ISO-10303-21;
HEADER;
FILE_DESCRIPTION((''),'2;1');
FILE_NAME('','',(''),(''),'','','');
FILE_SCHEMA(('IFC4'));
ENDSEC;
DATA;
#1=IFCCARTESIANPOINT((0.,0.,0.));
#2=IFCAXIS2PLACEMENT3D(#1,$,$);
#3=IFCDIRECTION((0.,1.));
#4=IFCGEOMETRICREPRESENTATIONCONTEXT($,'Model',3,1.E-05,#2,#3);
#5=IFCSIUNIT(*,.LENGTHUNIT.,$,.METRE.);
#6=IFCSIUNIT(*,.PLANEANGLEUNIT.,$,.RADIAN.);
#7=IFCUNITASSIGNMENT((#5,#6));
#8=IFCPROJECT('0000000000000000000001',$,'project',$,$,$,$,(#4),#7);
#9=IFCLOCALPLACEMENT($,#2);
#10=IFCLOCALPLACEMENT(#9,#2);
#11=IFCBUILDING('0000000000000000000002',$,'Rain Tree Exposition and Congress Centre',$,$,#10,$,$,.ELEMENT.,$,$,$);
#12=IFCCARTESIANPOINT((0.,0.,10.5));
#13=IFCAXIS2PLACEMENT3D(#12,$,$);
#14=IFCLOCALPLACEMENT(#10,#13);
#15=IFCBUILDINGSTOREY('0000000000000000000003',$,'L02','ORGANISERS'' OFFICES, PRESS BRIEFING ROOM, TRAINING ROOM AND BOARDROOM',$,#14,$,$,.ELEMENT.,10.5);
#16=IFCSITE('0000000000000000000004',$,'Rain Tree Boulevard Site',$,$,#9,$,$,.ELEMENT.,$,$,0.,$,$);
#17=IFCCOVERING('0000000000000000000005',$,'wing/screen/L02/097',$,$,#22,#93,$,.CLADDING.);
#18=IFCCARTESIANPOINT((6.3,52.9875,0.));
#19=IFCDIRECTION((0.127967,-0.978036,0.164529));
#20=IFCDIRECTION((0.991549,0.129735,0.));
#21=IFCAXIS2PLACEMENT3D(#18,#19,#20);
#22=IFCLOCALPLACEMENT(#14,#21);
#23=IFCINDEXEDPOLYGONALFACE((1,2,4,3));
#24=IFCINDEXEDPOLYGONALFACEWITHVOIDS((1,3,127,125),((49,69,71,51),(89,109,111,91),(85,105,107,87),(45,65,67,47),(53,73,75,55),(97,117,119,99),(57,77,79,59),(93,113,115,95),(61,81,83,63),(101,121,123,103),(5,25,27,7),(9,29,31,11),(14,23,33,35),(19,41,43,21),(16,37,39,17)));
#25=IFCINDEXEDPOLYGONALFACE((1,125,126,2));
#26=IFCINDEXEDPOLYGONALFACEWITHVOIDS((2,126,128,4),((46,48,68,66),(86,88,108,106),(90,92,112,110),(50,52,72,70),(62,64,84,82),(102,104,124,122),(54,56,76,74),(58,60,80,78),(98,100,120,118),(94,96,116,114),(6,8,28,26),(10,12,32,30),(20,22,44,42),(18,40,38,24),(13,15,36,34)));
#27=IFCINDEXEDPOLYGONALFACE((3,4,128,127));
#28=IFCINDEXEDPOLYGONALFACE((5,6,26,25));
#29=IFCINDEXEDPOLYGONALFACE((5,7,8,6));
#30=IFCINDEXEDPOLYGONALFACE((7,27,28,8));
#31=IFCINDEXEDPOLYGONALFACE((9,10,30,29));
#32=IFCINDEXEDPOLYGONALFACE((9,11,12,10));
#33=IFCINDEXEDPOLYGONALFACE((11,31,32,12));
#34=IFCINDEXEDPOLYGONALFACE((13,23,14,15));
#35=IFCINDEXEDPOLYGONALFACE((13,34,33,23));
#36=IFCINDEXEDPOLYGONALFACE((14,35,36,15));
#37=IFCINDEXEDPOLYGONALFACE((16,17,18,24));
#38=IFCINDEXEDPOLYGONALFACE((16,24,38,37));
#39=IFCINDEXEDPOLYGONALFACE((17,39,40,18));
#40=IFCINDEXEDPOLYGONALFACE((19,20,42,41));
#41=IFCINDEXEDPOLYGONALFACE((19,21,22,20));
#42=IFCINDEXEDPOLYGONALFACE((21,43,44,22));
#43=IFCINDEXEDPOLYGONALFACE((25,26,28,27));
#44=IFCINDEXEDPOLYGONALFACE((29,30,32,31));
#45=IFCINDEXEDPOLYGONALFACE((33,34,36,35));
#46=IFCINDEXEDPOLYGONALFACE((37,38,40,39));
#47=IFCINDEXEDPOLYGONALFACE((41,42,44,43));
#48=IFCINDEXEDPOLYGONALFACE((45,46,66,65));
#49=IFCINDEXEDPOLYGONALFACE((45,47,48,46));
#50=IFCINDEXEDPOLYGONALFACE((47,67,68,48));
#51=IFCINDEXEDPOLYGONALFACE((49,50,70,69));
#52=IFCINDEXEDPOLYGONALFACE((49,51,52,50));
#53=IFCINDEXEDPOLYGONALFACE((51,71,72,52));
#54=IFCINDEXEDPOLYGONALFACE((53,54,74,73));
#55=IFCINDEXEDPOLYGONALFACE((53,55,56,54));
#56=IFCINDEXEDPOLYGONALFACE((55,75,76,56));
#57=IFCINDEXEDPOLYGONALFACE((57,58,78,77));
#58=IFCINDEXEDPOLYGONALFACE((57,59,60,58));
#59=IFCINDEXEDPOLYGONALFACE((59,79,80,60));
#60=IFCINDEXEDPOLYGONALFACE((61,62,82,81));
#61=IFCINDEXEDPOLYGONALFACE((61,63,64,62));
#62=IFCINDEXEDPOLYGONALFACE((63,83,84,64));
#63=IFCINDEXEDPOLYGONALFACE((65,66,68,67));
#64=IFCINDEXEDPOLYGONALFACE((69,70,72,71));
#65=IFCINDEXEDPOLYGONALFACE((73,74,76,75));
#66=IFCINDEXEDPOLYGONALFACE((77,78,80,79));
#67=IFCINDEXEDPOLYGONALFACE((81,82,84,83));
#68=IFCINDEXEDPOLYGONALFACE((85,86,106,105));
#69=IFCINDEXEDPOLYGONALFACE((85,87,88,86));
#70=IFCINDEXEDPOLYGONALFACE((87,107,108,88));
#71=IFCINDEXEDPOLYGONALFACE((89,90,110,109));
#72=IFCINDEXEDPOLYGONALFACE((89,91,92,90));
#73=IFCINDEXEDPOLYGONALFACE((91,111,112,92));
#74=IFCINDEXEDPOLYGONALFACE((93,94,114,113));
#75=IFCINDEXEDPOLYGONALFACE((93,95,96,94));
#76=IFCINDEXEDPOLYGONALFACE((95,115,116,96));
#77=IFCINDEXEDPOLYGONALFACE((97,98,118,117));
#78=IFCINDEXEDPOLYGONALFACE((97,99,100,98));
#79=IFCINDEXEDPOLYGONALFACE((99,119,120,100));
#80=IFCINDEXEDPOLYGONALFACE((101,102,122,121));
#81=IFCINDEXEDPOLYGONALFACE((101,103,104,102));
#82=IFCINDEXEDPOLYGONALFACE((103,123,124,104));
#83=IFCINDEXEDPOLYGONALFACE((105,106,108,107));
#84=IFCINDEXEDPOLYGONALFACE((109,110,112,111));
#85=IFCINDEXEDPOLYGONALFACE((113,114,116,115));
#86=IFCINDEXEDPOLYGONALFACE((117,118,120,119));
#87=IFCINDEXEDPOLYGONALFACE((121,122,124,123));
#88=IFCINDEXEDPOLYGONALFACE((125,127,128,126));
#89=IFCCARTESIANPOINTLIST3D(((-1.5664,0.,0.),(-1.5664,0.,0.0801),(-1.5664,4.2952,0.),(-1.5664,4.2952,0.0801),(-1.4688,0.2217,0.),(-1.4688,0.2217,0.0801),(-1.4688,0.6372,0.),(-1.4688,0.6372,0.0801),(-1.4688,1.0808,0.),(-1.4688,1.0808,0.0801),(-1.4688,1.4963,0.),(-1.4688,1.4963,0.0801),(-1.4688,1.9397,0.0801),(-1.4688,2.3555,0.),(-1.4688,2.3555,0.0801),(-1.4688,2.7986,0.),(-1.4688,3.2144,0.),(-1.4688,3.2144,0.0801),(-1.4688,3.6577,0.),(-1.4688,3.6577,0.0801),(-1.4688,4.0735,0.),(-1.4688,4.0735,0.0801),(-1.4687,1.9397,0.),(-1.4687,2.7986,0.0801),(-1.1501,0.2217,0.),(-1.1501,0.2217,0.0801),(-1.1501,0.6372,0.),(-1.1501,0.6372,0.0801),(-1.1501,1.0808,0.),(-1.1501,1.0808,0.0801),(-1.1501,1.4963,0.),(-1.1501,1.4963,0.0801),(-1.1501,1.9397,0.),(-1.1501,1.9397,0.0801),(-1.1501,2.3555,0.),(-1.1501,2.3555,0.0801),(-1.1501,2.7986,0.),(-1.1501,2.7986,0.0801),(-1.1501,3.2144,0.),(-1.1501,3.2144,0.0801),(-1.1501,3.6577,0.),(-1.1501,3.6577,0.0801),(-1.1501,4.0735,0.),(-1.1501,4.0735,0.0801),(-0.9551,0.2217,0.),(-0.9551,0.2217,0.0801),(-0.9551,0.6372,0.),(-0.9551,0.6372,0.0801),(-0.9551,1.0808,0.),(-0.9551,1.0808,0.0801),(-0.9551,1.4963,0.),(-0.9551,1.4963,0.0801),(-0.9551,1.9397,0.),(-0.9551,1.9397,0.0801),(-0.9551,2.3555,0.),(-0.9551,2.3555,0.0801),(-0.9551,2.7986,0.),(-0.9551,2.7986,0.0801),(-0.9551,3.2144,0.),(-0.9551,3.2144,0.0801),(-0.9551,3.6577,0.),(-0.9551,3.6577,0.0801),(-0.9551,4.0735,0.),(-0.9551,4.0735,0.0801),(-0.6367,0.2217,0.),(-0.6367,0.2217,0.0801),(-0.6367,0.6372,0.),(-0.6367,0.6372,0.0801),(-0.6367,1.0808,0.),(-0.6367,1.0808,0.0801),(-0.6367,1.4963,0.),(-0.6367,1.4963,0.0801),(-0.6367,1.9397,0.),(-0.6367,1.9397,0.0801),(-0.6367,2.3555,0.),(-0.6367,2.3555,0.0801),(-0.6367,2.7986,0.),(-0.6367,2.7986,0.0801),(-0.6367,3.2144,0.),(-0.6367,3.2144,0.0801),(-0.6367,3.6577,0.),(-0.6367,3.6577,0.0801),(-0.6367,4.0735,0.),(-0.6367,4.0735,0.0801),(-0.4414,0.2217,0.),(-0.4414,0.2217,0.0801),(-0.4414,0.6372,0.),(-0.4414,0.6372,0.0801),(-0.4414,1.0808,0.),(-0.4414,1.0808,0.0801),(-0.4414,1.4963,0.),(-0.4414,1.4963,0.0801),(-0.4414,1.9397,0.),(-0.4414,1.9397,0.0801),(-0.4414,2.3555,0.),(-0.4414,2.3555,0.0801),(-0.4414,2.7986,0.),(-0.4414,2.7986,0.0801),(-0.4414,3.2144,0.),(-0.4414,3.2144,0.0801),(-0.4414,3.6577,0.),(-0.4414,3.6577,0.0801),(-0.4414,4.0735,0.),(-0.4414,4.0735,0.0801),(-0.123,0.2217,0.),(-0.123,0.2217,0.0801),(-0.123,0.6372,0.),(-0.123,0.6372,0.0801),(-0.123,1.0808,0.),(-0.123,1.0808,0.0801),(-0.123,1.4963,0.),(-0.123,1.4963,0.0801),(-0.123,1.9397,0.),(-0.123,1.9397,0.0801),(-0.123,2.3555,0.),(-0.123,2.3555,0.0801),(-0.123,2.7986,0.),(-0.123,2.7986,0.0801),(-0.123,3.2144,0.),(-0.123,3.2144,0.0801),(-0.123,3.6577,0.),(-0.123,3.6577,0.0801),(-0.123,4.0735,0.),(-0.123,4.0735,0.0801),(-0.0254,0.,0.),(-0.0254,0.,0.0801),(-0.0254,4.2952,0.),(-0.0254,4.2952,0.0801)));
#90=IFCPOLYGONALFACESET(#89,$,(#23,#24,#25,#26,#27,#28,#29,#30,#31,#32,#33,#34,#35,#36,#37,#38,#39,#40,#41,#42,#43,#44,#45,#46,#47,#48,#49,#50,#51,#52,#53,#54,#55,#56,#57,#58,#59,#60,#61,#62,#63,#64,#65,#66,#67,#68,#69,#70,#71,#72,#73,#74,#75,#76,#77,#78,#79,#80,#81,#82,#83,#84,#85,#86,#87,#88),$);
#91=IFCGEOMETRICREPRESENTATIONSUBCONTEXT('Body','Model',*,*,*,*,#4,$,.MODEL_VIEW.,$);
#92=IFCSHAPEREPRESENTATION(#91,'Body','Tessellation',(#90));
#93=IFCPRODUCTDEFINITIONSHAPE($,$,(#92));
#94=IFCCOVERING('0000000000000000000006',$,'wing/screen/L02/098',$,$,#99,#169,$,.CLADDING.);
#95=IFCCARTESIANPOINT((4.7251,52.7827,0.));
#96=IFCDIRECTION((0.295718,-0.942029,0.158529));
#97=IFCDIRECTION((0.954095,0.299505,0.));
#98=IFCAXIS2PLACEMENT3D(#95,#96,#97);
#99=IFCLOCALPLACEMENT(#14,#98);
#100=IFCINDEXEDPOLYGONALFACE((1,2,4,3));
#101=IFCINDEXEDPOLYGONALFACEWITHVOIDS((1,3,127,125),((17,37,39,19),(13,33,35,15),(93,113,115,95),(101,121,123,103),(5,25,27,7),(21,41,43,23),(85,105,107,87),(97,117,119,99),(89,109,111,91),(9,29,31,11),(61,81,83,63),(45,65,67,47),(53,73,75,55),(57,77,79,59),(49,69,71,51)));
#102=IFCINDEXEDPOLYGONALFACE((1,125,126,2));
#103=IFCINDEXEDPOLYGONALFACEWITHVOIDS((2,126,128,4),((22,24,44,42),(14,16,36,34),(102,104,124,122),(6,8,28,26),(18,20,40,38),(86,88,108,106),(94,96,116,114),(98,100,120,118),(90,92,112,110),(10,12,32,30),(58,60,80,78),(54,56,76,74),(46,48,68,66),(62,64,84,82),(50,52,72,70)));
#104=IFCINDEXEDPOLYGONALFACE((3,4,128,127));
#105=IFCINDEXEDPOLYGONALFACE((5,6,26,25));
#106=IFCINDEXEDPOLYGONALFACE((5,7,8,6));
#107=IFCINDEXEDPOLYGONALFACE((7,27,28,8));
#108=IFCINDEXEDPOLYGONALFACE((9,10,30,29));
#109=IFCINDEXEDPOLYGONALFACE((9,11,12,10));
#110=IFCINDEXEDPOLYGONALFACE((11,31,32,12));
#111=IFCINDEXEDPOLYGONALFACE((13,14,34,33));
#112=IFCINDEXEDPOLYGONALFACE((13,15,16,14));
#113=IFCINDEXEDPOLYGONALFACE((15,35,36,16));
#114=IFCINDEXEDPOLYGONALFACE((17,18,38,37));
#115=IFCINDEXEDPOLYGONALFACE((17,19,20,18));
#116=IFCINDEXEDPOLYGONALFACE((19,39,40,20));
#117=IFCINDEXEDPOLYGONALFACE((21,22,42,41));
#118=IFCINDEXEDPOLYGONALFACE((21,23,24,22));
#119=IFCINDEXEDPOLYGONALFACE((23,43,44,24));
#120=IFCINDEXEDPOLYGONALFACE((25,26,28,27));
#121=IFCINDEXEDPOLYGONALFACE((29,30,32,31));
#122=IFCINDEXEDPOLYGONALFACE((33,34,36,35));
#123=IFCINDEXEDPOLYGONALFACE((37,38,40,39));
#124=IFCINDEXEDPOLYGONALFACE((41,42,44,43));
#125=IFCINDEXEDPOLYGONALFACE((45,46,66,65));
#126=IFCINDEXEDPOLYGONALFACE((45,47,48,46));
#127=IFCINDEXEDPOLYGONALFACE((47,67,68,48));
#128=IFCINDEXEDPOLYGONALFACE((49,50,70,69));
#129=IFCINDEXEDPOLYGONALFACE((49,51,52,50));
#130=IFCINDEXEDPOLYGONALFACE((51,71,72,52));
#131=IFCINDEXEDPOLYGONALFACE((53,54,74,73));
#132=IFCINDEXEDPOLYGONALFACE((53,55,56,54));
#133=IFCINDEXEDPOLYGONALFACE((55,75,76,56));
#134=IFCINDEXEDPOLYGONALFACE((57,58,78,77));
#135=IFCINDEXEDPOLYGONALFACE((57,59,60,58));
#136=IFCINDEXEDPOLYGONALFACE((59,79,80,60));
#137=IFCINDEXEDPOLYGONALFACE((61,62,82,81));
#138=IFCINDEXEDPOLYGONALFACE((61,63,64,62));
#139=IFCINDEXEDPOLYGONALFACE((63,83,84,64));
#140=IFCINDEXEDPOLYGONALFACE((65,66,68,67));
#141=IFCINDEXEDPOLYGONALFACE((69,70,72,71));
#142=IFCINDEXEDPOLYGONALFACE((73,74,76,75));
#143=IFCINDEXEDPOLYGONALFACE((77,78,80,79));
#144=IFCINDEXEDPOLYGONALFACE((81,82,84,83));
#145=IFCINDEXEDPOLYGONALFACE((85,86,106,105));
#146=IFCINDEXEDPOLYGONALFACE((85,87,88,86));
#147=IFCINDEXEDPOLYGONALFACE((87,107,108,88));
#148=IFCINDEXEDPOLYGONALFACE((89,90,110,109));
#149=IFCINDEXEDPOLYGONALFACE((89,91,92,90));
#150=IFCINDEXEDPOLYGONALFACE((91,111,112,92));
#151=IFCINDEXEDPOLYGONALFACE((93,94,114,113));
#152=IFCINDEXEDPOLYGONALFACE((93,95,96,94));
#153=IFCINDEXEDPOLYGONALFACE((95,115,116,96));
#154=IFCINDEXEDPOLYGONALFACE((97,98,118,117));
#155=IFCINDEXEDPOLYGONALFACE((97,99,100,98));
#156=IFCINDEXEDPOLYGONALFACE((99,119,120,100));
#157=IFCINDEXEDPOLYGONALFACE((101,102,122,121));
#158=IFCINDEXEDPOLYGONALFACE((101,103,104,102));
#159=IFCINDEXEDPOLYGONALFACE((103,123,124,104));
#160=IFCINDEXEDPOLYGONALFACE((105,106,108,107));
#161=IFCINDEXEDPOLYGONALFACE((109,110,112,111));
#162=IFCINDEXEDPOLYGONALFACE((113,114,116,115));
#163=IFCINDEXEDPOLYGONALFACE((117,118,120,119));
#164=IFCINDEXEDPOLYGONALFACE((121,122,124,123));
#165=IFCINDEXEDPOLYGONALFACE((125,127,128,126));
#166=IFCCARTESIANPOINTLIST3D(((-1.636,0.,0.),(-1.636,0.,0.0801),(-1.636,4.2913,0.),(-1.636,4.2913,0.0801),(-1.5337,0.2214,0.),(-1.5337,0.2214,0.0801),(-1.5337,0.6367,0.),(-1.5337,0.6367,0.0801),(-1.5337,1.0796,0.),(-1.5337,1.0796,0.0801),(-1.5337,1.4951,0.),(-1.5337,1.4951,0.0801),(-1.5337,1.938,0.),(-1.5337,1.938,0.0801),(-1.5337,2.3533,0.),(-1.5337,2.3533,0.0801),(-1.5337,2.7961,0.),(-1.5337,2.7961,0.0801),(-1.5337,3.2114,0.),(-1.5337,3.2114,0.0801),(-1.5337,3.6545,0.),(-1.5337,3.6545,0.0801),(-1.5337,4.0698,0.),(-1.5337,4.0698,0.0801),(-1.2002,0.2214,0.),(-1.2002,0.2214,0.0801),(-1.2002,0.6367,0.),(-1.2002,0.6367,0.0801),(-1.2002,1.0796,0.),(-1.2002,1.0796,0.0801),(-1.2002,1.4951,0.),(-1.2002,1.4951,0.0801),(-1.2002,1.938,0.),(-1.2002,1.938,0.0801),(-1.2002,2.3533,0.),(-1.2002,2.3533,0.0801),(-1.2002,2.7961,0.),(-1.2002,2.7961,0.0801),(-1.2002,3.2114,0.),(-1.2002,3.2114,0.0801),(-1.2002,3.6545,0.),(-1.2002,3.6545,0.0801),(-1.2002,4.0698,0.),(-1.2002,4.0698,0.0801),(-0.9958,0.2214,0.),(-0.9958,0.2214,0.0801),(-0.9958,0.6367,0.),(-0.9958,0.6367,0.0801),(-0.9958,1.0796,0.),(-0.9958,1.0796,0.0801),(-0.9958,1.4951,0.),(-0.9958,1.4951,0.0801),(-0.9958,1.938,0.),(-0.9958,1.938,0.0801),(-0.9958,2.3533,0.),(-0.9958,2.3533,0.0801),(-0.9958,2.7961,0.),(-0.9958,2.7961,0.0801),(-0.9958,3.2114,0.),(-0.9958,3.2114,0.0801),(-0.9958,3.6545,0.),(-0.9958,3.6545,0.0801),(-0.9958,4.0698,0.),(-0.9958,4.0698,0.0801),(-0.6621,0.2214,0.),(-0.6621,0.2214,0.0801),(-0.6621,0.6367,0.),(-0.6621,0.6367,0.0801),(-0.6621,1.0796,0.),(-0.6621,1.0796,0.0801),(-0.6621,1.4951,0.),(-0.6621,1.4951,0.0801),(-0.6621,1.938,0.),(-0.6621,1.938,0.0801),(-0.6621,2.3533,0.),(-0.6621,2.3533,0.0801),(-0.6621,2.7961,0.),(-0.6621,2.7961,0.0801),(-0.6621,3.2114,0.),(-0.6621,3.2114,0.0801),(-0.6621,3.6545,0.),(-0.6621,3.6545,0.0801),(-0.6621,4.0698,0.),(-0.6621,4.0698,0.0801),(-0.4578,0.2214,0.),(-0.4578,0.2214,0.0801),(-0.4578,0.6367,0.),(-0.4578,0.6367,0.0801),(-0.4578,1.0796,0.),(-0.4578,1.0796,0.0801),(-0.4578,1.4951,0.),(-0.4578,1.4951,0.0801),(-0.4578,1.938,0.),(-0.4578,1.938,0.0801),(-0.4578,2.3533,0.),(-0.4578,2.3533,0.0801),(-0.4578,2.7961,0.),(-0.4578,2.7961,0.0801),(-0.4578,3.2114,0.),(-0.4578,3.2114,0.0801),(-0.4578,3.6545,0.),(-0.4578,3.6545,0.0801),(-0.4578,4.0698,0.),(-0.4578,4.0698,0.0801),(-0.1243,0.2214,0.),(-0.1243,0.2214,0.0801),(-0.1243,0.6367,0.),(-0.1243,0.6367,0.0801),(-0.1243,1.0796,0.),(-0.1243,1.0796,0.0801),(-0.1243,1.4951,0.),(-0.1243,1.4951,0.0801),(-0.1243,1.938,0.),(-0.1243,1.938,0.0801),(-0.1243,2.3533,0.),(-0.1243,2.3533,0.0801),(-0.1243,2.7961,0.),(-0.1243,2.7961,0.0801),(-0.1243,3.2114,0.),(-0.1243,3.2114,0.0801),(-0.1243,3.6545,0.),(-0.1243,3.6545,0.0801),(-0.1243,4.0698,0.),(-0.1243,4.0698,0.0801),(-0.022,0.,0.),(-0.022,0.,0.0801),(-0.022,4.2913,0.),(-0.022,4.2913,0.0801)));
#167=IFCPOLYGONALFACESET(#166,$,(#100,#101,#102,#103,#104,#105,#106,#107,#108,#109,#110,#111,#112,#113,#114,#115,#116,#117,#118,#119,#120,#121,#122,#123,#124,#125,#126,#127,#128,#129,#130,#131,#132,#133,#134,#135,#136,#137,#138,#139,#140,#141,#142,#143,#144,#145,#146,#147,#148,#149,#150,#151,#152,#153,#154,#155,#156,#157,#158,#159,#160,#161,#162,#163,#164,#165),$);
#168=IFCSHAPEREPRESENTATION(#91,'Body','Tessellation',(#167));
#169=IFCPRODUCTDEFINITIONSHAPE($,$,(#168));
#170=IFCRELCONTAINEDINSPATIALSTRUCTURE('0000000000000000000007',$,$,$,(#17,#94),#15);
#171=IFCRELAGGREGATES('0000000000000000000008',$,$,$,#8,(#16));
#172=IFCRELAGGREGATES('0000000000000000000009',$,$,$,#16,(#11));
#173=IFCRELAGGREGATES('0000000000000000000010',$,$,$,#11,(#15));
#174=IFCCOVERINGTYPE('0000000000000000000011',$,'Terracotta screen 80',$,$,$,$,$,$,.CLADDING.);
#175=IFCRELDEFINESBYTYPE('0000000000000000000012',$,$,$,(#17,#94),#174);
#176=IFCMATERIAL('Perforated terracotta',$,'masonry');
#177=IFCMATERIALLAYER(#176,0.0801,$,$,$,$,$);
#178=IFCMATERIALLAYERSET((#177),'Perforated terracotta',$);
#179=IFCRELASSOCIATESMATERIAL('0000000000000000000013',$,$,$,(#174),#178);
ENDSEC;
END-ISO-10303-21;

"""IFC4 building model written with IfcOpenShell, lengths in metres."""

from ifc_helpers import new_model, si_unit, direction, frame, origin, place, context, subcontext, project, spatial, polyline, outline, extrude, material, layer, layer_set, type_object, element, save


model = new_model("IFC4")

# Units and contexts
model_context = context("Model", 3, precision=1e-05, world=origin(), true_north=direction((0.0, 1.0)))
body_context = subcontext(model_context, "Body", "Model", "MODEL_VIEW")
ifc_project = project(units=[si_unit("LENGTHUNIT", "METRE"), si_unit("PLANEANGLEUNIT", "RADIAN")], contexts=[model_context])

# Site, building, storey
site_placement = place(None, origin())
site = spatial("IfcSite", under=ifc_project, at=site_placement, Name="Rain Tree Boulevard Site", CompositionType="ELEMENT", RefElevation=0.0)
building_placement = place(site_placement, origin())
building = spatial("IfcBuilding", under=site, at=building_placement, Name="Rain Tree Exposition and Congress Centre", CompositionType="ELEMENT")
storey_placement = place(building_placement, frame((0.0, 0.0, 10.5)))
storey = spatial("IfcBuildingStorey", under=building, at=storey_placement, Name="L02", Description="ORGANISERS' OFFICES, PRESS BRIEFING ROOM, TRAINING ROOM AND BOARDROOM", CompositionType="ELEMENT", Elevation=10.5)

# Coverings
ifc_material_1 = material(Name="Perforated terracotta", Category="masonry")
ifc_layer_1 = layer(ifc_material_1, 0.0801)
ifc_layer_set_1 = layer_set([ifc_layer_1], Name="Perforated terracotta")
covering_type = type_object("IfcCoveringType", Name="Terracotta screen 80", PredefinedType="CLADDING", material=ifc_layer_set_1)
covering_1_placement = place(storey_placement, frame((6.3, 52.9875, 0.0), z_axis=(0.127967, -0.978036, 0.164529), x_axis=(0.991549, 0.129735, 0.0)))
element("IfcCovering", 1, at=covering_1_placement, inside=storey, type_object=covering_type, Name="wing/screen/L02/097", PredefinedType="CLADDING", context=body_context, shape_type="SweptSolid", body=[
    extrude(outline(polyline([(-1.5664, 0.0), (-1.5664, 4.2952), (-0.0254, 4.2952), (-0.0254, 0.0), (-1.5664, 0.0)]), holes=[polyline([(-0.123, 0.2217), (-0.123, 0.6372), (-0.4414, 0.6372), (-0.4414, 0.2217), (-0.123, 0.2217)]), polyline([(-0.123, 1.0808), (-0.123, 1.4963), (-0.4414, 1.4963), (-0.4414, 1.0808), (-0.123, 1.0808)]), polyline([(-0.123, 1.9397), (-0.123, 2.3555), (-0.4414, 2.3555), (-0.4414, 1.9397), (-0.123, 1.9397)]), polyline([(-0.123, 2.7986), (-0.123, 3.2144), (-0.4414, 3.2144), (-0.4414, 2.7986), (-0.123, 2.7986)]), polyline([(-0.123, 3.6577), (-0.123, 4.0735), (-0.4414, 4.0735), (-0.4414, 3.6577), (-0.123, 3.6577)]), polyline([(-0.6367, 0.2217), (-0.6367, 0.6372), (-0.9551, 0.6372), (-0.9551, 0.2217), (-0.6367, 0.2217)]), polyline([(-0.6367, 1.0808), (-0.6367, 1.4963), (-0.9551, 1.4963), (-0.9551, 1.0808), (-0.6367, 1.0808)]), polyline([(-0.6367, 1.9397), (-0.6367, 2.3555), (-0.9551, 2.3555), (-0.9551, 1.9397), (-0.6367, 1.9397)]), polyline([(-0.6367, 2.7986), (-0.6367, 3.2144), (-0.9551, 3.2144), (-0.9551, 2.7986), (-0.6367, 2.7986)]), polyline([(-0.6367, 3.6577), (-0.6367, 4.0735), (-0.9551, 4.0735), (-0.9551, 3.6577), (-0.6367, 3.6577)]), polyline([(-1.1501, 0.2217), (-1.1501, 0.6372), (-1.4688, 0.6372), (-1.4688, 0.2217), (-1.1501, 0.2217)]), polyline([(-1.1501, 1.0808), (-1.1501, 1.4963), (-1.4688, 1.4963), (-1.4688, 1.0808), (-1.1501, 1.0808)]), polyline([(-1.1501, 1.9397), (-1.1501, 2.3555), (-1.4688, 2.3555), (-1.4688, 1.9397), (-1.1501, 1.9397)]), polyline([(-1.1501, 2.7986), (-1.1501, 3.2144), (-1.4688, 3.2144), (-1.4688, 2.7986), (-1.1501, 2.7986)]), polyline([(-1.1501, 3.6577), (-1.1501, 4.0735), (-1.4688, 4.0735), (-1.4688, 3.6577), (-1.1501, 3.6577)])]), origin(), (0.0, 0.0, 1.0), 0.0801),
])
covering_2_placement = place(storey_placement, frame((4.7251, 52.7827, 0.0), z_axis=(0.295718, -0.942029, 0.158529), x_axis=(0.954095, 0.299505, 0.0)))
element("IfcCovering", 2, at=covering_2_placement, inside=storey, type_object=covering_type, Name="wing/screen/L02/098", PredefinedType="CLADDING", context=body_context, shape_type="SweptSolid", body=[
    extrude(outline(polyline([(-1.636, 0.0), (-1.636, 4.2913), (-0.022, 4.2913), (-0.022, 0.0), (-1.636, 0.0)]), holes=[polyline([(-0.1243, 0.2214), (-0.1243, 0.6367), (-0.4578, 0.6367), (-0.4578, 0.2214), (-0.1243, 0.2214)]), polyline([(-0.1243, 1.0796), (-0.1243, 1.4951), (-0.4578, 1.4951), (-0.4578, 1.0796), (-0.1243, 1.0796)]), polyline([(-0.1243, 1.938), (-0.1243, 2.3533), (-0.4578, 2.3533), (-0.4578, 1.938), (-0.1243, 1.938)]), polyline([(-0.1243, 2.7961), (-0.1243, 3.2114), (-0.4578, 3.2114), (-0.4578, 2.7961), (-0.1243, 2.7961)]), polyline([(-0.1243, 3.6545), (-0.1243, 4.0698), (-0.4578, 4.0698), (-0.4578, 3.6545), (-0.1243, 3.6545)]), polyline([(-0.6621, 0.2214), (-0.6621, 0.6367), (-0.9958, 0.6367), (-0.9958, 0.2214), (-0.6621, 0.2214)]), polyline([(-0.6621, 1.0796), (-0.6621, 1.4951), (-0.9958, 1.4951), (-0.9958, 1.0796), (-0.6621, 1.0796)]), polyline([(-0.6621, 1.938), (-0.6621, 2.3533), (-0.9958, 2.3533), (-0.9958, 1.938), (-0.6621, 1.938)]), polyline([(-0.6621, 2.7961), (-0.6621, 3.2114), (-0.9958, 3.2114), (-0.9958, 2.7961), (-0.6621, 2.7961)]), polyline([(-0.6621, 3.6545), (-0.6621, 4.0698), (-0.9958, 4.0698), (-0.9958, 3.6545), (-0.6621, 3.6545)]), polyline([(-1.2002, 0.2214), (-1.2002, 0.6367), (-1.5337, 0.6367), (-1.5337, 0.2214), (-1.2002, 0.2214)]), polyline([(-1.2002, 1.0796), (-1.2002, 1.4951), (-1.5337, 1.4951), (-1.5337, 1.0796), (-1.2002, 1.0796)]), polyline([(-1.2002, 1.938), (-1.2002, 2.3533), (-1.5337, 2.3533), (-1.5337, 1.938), (-1.2002, 1.938)]), polyline([(-1.2002, 2.7961), (-1.2002, 3.2114), (-1.5337, 3.2114), (-1.5337, 2.7961), (-1.2002, 2.7961)]), polyline([(-1.2002, 3.6545), (-1.2002, 4.0698), (-1.5337, 4.0698), (-1.5337, 3.6545), (-1.2002, 3.6545)])]), origin(), (0.0, 0.0, 1.0), 0.0801),
])

save(model, "model.ifc")
